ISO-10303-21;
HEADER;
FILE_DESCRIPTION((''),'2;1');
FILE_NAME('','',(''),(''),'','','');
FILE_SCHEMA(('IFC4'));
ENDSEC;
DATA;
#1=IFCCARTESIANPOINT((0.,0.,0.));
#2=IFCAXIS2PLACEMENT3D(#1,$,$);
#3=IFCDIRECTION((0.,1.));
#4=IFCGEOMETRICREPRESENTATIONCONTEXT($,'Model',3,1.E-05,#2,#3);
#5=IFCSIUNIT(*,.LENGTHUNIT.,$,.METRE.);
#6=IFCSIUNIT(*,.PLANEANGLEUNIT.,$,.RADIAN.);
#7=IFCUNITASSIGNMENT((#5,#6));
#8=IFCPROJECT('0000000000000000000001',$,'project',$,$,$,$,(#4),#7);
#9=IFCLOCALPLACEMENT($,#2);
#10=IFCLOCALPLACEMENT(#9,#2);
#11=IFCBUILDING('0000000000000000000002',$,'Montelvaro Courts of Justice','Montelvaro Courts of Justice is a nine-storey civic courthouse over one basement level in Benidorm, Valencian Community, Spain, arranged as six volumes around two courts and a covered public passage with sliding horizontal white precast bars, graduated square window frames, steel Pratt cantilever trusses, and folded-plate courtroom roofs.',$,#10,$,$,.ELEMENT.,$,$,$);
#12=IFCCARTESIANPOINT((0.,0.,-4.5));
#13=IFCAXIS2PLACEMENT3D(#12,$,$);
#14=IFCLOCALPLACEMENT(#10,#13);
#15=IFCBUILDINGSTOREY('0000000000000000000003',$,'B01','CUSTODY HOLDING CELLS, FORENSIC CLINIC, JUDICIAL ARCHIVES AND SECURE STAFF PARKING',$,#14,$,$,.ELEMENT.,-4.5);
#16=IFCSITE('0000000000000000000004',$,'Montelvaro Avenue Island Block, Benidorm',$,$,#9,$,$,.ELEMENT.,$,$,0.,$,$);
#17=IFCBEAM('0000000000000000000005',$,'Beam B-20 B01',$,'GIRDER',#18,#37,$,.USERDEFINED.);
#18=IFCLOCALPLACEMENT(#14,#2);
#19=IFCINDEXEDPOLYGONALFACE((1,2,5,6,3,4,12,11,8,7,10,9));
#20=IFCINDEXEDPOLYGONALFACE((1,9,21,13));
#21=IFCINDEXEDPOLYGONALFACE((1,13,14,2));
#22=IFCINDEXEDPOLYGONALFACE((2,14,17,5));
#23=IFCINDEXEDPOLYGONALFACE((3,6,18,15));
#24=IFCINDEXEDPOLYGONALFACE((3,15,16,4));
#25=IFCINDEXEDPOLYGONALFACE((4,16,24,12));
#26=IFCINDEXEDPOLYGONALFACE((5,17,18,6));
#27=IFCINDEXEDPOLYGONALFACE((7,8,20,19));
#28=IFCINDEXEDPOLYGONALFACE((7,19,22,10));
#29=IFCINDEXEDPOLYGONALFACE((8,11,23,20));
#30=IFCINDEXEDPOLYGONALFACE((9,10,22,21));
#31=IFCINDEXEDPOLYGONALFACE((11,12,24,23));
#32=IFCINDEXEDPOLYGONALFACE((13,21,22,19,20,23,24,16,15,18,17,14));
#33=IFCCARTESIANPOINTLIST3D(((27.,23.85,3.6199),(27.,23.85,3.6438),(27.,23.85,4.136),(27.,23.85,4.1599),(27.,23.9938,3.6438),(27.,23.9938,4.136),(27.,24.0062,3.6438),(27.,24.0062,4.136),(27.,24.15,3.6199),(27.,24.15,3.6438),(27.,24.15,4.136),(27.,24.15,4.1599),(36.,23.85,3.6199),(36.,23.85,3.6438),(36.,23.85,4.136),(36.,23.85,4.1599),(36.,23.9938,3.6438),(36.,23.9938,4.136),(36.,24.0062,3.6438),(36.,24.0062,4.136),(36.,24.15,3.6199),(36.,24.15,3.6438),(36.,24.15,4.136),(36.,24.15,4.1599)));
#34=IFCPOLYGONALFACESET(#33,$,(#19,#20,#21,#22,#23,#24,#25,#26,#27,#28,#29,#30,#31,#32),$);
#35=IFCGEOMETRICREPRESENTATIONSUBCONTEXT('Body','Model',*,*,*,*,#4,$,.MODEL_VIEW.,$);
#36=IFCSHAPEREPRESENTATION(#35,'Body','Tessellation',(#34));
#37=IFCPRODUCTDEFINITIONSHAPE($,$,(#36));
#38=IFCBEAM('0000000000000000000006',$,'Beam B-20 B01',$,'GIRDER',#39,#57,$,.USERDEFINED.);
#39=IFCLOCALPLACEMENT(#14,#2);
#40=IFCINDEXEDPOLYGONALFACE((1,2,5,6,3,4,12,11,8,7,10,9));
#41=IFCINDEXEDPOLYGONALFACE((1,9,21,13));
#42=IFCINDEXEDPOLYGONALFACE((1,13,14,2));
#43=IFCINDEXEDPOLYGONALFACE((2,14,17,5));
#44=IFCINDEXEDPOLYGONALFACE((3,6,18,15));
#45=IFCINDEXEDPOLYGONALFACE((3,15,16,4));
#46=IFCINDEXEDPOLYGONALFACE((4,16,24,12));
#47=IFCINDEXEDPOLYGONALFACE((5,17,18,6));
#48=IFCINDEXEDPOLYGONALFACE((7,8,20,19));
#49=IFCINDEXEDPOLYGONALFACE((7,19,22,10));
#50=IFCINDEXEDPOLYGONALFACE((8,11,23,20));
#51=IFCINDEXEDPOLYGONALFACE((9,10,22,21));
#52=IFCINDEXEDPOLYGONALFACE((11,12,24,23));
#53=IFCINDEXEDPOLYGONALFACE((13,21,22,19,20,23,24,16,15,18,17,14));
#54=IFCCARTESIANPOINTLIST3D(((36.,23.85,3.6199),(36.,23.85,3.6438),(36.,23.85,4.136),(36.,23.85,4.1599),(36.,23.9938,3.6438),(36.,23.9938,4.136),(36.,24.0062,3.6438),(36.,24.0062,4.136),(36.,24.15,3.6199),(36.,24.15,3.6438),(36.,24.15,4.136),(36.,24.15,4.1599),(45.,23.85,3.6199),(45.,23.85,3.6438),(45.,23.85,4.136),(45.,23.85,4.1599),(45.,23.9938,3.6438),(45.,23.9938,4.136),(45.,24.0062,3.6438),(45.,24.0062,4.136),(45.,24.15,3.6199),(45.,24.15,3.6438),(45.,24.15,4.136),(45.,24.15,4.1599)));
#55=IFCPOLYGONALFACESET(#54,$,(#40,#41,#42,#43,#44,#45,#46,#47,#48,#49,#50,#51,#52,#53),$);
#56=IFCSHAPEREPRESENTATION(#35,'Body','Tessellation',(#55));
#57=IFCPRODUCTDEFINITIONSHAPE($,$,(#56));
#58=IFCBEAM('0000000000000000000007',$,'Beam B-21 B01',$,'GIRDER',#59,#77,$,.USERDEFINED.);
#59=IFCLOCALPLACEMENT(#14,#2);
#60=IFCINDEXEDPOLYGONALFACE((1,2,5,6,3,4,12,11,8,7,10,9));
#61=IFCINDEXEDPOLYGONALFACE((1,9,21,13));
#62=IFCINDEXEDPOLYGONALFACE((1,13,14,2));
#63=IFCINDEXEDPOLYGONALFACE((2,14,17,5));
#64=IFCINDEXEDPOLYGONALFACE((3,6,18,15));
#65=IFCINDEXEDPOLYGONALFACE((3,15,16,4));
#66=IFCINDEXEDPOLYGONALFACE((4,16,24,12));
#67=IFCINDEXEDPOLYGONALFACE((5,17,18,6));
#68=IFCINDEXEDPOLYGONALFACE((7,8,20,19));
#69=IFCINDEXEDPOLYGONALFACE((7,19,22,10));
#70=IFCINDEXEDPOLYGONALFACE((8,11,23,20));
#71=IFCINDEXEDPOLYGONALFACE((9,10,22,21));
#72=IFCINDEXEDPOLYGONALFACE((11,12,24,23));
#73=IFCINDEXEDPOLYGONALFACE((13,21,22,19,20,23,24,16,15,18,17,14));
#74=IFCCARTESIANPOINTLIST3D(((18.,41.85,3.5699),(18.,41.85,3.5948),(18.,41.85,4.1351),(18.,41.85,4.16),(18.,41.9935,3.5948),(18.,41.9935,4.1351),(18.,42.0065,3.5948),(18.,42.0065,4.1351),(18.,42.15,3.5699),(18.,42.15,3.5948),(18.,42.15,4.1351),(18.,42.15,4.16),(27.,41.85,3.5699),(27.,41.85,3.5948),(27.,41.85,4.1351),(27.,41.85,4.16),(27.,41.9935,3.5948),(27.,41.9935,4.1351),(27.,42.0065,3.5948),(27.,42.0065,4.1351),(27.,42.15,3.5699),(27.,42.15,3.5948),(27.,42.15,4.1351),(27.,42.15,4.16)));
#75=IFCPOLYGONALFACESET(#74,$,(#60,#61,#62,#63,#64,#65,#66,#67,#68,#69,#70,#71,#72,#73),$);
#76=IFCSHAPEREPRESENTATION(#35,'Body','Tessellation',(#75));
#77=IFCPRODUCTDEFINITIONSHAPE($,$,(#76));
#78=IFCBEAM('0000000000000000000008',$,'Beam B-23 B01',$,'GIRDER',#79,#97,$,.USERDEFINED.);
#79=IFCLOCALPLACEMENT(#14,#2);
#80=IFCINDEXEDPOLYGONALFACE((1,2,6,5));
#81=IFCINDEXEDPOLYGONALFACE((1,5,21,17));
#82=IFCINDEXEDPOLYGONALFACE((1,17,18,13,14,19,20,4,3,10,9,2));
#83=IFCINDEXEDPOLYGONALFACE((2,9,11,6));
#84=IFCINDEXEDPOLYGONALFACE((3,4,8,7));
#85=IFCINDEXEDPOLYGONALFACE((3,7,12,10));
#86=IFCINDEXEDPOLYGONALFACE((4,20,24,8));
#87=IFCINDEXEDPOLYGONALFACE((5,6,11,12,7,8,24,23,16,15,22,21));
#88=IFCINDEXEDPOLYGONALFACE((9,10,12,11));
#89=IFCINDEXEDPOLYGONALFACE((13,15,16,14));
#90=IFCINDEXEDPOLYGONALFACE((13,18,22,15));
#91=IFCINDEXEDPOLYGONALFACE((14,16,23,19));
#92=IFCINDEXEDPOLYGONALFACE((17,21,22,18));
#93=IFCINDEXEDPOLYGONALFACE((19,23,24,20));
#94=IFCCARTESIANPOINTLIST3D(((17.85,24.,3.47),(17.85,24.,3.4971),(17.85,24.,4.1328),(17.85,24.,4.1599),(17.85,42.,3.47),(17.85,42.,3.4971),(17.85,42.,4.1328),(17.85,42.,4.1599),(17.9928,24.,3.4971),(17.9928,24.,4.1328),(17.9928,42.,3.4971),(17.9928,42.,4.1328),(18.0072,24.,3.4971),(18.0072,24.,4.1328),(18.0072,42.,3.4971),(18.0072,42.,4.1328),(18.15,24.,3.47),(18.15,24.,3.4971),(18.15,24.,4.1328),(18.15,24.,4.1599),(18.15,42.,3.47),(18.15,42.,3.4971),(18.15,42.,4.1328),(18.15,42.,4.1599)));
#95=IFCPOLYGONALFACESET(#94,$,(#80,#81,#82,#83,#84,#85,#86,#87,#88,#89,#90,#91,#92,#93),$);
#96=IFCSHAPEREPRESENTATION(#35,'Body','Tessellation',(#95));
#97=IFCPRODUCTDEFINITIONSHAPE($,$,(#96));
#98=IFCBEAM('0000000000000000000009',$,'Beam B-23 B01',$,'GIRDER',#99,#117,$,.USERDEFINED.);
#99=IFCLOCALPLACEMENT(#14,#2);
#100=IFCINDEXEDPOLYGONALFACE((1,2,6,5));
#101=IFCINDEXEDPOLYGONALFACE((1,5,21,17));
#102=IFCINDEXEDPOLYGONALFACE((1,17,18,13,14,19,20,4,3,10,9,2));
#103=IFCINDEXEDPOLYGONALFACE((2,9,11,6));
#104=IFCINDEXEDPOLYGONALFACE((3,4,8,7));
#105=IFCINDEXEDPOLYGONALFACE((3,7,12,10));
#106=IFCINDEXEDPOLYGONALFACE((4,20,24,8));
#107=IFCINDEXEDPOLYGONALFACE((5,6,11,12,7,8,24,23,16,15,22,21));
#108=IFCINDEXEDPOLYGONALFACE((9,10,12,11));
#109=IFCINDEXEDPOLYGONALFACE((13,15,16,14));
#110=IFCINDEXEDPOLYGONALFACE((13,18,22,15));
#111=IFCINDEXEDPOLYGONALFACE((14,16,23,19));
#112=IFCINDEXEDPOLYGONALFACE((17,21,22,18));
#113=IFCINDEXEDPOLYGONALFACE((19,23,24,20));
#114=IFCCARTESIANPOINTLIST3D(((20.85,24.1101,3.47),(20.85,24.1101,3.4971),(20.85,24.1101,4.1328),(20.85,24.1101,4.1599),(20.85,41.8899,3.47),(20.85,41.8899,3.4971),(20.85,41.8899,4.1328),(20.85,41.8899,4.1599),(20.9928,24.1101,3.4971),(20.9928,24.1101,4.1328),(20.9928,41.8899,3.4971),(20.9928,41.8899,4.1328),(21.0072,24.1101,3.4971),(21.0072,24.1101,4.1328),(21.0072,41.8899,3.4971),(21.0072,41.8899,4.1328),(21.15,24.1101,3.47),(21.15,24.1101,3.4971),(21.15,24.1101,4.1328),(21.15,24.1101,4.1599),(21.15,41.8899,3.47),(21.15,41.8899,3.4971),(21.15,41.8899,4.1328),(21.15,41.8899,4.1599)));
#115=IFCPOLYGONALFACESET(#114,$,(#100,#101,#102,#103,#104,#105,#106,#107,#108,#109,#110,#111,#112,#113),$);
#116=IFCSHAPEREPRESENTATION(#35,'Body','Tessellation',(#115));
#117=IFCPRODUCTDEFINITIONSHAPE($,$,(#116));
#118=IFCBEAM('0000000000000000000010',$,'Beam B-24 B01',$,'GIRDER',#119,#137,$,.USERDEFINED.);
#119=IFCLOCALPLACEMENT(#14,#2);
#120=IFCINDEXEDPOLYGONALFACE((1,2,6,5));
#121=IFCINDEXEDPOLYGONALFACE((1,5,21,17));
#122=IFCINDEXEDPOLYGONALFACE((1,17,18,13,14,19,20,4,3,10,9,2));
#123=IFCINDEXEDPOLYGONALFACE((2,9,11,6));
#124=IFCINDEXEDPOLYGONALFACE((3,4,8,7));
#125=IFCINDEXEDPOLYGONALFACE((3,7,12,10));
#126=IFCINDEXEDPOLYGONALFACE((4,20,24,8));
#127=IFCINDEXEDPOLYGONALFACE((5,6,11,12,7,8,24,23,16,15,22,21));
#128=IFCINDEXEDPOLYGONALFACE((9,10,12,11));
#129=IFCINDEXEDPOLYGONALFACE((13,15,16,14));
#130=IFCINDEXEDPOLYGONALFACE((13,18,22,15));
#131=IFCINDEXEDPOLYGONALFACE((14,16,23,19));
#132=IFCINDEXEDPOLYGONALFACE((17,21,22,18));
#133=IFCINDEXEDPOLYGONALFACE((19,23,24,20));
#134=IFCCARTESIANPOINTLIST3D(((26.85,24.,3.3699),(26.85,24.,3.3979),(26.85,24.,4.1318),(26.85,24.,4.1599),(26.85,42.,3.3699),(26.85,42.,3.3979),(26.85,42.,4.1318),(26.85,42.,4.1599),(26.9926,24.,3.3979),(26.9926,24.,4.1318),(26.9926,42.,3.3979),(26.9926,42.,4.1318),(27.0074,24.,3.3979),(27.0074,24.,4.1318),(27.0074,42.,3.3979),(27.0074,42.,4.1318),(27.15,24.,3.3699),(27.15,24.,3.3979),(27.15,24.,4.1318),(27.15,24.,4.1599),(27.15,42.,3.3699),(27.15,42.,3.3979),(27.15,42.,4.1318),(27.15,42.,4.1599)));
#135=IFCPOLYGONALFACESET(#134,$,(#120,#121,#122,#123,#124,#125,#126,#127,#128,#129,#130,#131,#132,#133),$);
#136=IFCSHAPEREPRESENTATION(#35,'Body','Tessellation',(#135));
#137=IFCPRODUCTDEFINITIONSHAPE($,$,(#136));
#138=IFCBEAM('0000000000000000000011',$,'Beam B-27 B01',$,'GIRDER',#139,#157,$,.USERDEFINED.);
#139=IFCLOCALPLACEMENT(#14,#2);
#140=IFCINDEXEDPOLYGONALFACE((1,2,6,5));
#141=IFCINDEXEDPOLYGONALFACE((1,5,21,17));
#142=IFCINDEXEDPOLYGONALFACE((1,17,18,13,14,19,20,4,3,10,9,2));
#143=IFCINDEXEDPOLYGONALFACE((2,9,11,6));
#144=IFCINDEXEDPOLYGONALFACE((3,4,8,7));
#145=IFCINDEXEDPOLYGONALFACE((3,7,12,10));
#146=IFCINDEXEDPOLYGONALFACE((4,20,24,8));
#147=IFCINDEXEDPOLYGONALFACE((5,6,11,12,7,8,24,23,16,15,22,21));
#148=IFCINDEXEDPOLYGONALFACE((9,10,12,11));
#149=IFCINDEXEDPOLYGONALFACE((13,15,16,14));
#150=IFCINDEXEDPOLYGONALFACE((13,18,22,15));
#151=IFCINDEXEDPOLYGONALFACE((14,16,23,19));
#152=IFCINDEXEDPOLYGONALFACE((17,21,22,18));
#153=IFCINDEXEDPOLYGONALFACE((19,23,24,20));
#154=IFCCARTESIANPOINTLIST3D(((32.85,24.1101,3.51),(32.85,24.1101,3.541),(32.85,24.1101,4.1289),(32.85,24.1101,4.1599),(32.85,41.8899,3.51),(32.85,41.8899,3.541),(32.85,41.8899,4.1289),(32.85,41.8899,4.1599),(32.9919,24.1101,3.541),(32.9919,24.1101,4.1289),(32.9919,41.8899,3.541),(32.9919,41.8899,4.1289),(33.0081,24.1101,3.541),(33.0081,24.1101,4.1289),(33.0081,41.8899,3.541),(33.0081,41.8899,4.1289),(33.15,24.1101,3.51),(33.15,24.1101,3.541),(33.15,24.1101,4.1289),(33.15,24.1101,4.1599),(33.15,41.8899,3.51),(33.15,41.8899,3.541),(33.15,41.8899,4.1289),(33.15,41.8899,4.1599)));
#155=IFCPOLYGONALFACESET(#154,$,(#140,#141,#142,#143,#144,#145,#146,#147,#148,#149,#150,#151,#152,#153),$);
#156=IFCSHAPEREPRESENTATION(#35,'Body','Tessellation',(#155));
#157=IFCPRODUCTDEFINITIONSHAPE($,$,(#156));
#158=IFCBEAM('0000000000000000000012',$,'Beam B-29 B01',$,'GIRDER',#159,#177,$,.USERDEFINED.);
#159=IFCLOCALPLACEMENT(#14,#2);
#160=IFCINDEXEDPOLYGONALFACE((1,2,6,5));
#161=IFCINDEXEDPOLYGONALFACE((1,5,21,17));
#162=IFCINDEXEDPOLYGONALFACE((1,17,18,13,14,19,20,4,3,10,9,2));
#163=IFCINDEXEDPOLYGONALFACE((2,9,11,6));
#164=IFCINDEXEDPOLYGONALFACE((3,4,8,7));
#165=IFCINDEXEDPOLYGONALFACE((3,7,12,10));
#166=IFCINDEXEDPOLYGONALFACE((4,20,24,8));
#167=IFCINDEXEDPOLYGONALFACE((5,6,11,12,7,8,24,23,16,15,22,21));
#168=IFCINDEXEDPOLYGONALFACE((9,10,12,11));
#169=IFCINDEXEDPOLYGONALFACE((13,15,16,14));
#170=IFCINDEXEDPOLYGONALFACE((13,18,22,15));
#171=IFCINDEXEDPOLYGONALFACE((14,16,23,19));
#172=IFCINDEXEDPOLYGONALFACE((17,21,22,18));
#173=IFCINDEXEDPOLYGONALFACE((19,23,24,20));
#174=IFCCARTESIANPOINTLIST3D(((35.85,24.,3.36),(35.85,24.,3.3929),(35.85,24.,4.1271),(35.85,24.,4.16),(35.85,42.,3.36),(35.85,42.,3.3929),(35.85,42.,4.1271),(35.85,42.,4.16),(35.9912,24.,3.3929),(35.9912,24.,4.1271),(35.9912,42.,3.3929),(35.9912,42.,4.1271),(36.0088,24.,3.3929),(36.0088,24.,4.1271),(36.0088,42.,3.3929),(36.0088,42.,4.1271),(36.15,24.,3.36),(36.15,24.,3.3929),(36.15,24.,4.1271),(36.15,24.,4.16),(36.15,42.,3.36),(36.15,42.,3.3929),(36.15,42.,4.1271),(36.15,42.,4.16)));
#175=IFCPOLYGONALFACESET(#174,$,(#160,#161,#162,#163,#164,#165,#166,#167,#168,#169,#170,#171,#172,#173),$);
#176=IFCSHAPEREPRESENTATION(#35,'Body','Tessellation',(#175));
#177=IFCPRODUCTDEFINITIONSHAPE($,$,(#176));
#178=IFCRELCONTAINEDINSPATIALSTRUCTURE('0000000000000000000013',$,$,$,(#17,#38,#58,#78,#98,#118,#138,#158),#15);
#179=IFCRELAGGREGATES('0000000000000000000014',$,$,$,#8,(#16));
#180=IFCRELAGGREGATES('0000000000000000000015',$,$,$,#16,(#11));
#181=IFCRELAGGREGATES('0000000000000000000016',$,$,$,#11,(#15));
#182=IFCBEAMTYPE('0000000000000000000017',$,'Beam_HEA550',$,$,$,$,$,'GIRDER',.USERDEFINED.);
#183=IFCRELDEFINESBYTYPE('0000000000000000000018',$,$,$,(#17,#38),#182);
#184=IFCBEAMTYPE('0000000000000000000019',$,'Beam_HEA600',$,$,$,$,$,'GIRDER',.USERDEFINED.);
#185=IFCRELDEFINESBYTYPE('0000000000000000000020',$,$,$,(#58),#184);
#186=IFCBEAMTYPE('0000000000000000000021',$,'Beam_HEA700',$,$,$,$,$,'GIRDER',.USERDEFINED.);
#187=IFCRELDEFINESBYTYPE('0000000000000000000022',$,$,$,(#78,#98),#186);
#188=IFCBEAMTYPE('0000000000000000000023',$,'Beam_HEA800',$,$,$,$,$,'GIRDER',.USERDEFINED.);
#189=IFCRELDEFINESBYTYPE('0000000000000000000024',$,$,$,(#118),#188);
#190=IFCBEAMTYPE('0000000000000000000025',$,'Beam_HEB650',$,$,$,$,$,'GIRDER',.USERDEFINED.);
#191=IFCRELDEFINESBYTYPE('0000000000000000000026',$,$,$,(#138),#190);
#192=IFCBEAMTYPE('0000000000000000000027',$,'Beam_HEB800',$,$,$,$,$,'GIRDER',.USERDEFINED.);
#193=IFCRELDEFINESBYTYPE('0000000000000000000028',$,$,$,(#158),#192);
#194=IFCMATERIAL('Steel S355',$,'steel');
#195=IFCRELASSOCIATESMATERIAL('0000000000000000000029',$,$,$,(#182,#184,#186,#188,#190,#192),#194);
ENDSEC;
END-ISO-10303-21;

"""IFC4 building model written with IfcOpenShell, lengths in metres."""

from ifc_helpers import new_model, si_unit, direction, frame, origin, origin_2d, place, context, subcontext, project, spatial, i_section, extrude, material, material_profile, profile_set, type_object, element, save


model = new_model("IFC4")

# Units and contexts
model_context = context("Model", 3, precision=1e-05, world=origin(), true_north=direction((0.0, 1.0)))
body_context = subcontext(model_context, "Body", "Model", "MODEL_VIEW")
ifc_project = project(units=[si_unit("LENGTHUNIT", "METRE"), si_unit("PLANEANGLEUNIT", "RADIAN")], contexts=[model_context])

# Site, building, storey
site_placement = place(None, origin())
site = spatial("IfcSite", under=ifc_project, at=site_placement, Name="Montelvaro Avenue Island Block, Benidorm", CompositionType="ELEMENT", RefElevation=0.0)
building_placement = place(site_placement, origin())
building = spatial("IfcBuilding", under=site, at=building_placement, Name="Montelvaro Courts of Justice", Description="Montelvaro Courts of Justice is a nine-storey civic courthouse over one basement level in Benidorm, Valencian Community, Spain, arranged as six volumes around two courts and a covered public passage with sliding horizontal white precast bars, graduated square window frames, steel Pratt cantilever trusses, and folded-plate courtroom roofs.", CompositionType="ELEMENT")
storey_placement = place(building_placement, frame((0.0, 0.0, -4.5)))
storey = spatial("IfcBuildingStorey", under=building, at=storey_placement, Name="B01", Description="CUSTODY HOLDING CELLS, FORENSIC CLINIC, JUDICIAL ARCHIVES AND SECURE STAFF PARKING", CompositionType="ELEMENT", Elevation=-4.5)

# Beams
ifc_material_1 = material(Name="Steel S355", Category="steel")
ifc_material_profile_1 = material_profile(ifc_material_1, i_section(OverallWidth=0.3, OverallDepth=0.54, WebThickness=0.0125, FlangeThickness=0.0239, at=origin_2d()), Name="HEA 550")
ifc_profile_set_1 = profile_set([ifc_material_profile_1], Name="Steel S355")
beam_type_1 = type_object("IfcBeamType", Name="Beam_HEA550", ElementType="GIRDER", PredefinedType="USERDEFINED", material=ifc_profile_set_1)
for number, where, z_axis, x_axis, name in (
    (1, (27.0, 24.0, 3.8899), (1.0, 0.0, 0.0), (0.0, 1.0, 0.0), "Beam B-20 B01"),
    (2, (36.0, 24.0, 3.8899), (1.0, 0.0, 0.0), (0.0, 1.0, 0.0), "Beam B-20 B01"),
):
    element("IfcBeam", number, at=place(storey_placement, frame(where, z_axis=z_axis, x_axis=x_axis)), inside=storey, type_object=beam_type_1, Name=name, ObjectType="GIRDER", PredefinedType="USERDEFINED", context=body_context, shape_type="SweptSolid", body=[
        extrude(i_section(OverallWidth=0.3, OverallDepth=0.54, WebThickness=0.0125, FlangeThickness=0.0239, at=origin_2d()), origin(), (0.0, 0.0, 1.0), 9.0),
    ])
ifc_material_profile_2 = material_profile(ifc_material_1, i_section(OverallWidth=0.3, OverallDepth=0.5901, WebThickness=0.0129, FlangeThickness=0.0249, at=origin_2d()), Name="HEA 600")
ifc_profile_set_2 = profile_set([ifc_material_profile_2], Name="Steel S355")
beam_type_2 = type_object("IfcBeamType", Name="Beam_HEA600", ElementType="GIRDER", PredefinedType="USERDEFINED", material=ifc_profile_set_2)
beam_1_placement = place(storey_placement, frame((18.0, 42.0, 3.865), z_axis=(1.0, 0.0, 0.0), x_axis=(0.0, 1.0, 0.0)))
element("IfcBeam", 3, at=beam_1_placement, inside=storey, type_object=beam_type_2, Name="Beam B-21 B01", ObjectType="GIRDER", PredefinedType="USERDEFINED", context=body_context, shape_type="SweptSolid", body=[
    extrude(i_section(OverallWidth=0.3, OverallDepth=0.5901, WebThickness=0.0129, FlangeThickness=0.0249, at=origin_2d()), origin(), (0.0, 0.0, 1.0), 9.0),
])
ifc_material_profile_3 = material_profile(ifc_material_1, i_section(OverallWidth=0.3, OverallDepth=0.6899, WebThickness=0.0144, FlangeThickness=0.0271, at=origin_2d()), Name="HEA 700")
ifc_profile_set_3 = profile_set([ifc_material_profile_3], Name="Steel S355")
beam_type_3 = type_object("IfcBeamType", Name="Beam_HEA700", ElementType="GIRDER", PredefinedType="USERDEFINED", material=ifc_profile_set_3)
beam_2_placement = place(storey_placement, frame((18.0, 24.0, 3.8149), z_axis=(0.0, 1.0, 0.0), x_axis=(-1.0, 0.0, 0.0)))
element("IfcBeam", 4, at=beam_2_placement, inside=storey, type_object=beam_type_3, Name="Beam B-23 B01", ObjectType="GIRDER", PredefinedType="USERDEFINED", context=body_context, shape_type="SweptSolid", body=[
    extrude(i_section(OverallWidth=0.3, OverallDepth=0.6899, WebThickness=0.0144, FlangeThickness=0.0271, at=origin_2d()), origin(), (0.0, 0.0, 1.0), 18.0),
])
beam_3_placement = place(storey_placement, frame((21.0, 24.1101, 3.8149), z_axis=(0.0, 1.0, 0.0), x_axis=(-1.0, 0.0, 0.0)))
element("IfcBeam", 5, at=beam_3_placement, inside=storey, type_object=beam_type_3, Name="Beam B-23 B01", ObjectType="GIRDER", PredefinedType="USERDEFINED", context=body_context, shape_type="SweptSolid", body=[
    extrude(i_section(OverallWidth=0.3, OverallDepth=0.6899, WebThickness=0.0144, FlangeThickness=0.0271, at=origin_2d()), origin(), (0.0, 0.0, 1.0), 17.7798),
])
ifc_material_profile_4 = material_profile(ifc_material_1, i_section(OverallWidth=0.3, OverallDepth=0.79, WebThickness=0.0149, FlangeThickness=0.0281, at=origin_2d()), Name="HEA 800")
ifc_profile_set_4 = profile_set([ifc_material_profile_4], Name="Steel S355")
beam_type_4 = type_object("IfcBeamType", Name="Beam_HEA800", ElementType="GIRDER", PredefinedType="USERDEFINED", material=ifc_profile_set_4)
beam_4_placement = place(storey_placement, frame((27.0, 24.0, 3.7649), z_axis=(0.0, 1.0, 0.0), x_axis=(-1.0, 0.0, 0.0)))
element("IfcBeam", 6, at=beam_4_placement, inside=storey, type_object=beam_type_4, Name="Beam B-24 B01", ObjectType="GIRDER", PredefinedType="USERDEFINED", context=body_context, shape_type="SweptSolid", body=[
    extrude(i_section(OverallWidth=0.3, OverallDepth=0.79, WebThickness=0.0149, FlangeThickness=0.0281, at=origin_2d()), origin(), (0.0, 0.0, 1.0), 18.0),
])
ifc_material_profile_5 = material_profile(ifc_material_1, i_section(OverallWidth=0.3, OverallDepth=0.6499, WebThickness=0.0161, FlangeThickness=0.031, at=origin_2d()), Name="HEB 650")
ifc_profile_set_5 = profile_set([ifc_material_profile_5], Name="Steel S355")
beam_type_5 = type_object("IfcBeamType", Name="Beam_HEB650", ElementType="GIRDER", PredefinedType="USERDEFINED", material=ifc_profile_set_5)
beam_5_placement = place(storey_placement, frame((33.0, 24.1101, 3.835), z_axis=(0.0, 1.0, 0.0), x_axis=(-1.0, 0.0, 0.0)))
element("IfcBeam", 7, at=beam_5_placement, inside=storey, type_object=beam_type_5, Name="Beam B-27 B01", ObjectType="GIRDER", PredefinedType="USERDEFINED", context=body_context, shape_type="SweptSolid", body=[
    extrude(i_section(OverallWidth=0.3, OverallDepth=0.6499, WebThickness=0.0161, FlangeThickness=0.031, at=origin_2d()), origin(), (0.0, 0.0, 1.0), 17.7798),
])
ifc_material_profile_6 = material_profile(ifc_material_1, i_section(OverallWidth=0.3, OverallDepth=0.8, WebThickness=0.0176, FlangeThickness=0.033, at=origin_2d()), Name="HEB 800")
ifc_profile_set_6 = profile_set([ifc_material_profile_6], Name="Steel S355")
beam_type_6 = type_object("IfcBeamType", Name="Beam_HEB800", ElementType="GIRDER", PredefinedType="USERDEFINED", material=ifc_profile_set_6)
beam_6_placement = place(storey_placement, frame((36.0, 24.0, 3.76), z_axis=(0.0, 1.0, 0.0), x_axis=(-1.0, 0.0, 0.0)))
element("IfcBeam", 8, at=beam_6_placement, inside=storey, type_object=beam_type_6, Name="Beam B-29 B01", ObjectType="GIRDER", PredefinedType="USERDEFINED", context=body_context, shape_type="SweptSolid", body=[
    extrude(i_section(OverallWidth=0.3, OverallDepth=0.8, WebThickness=0.0176, FlangeThickness=0.033, at=origin_2d()), origin(), (0.0, 0.0, 1.0), 18.0),
])

save(model, "model.ifc")
